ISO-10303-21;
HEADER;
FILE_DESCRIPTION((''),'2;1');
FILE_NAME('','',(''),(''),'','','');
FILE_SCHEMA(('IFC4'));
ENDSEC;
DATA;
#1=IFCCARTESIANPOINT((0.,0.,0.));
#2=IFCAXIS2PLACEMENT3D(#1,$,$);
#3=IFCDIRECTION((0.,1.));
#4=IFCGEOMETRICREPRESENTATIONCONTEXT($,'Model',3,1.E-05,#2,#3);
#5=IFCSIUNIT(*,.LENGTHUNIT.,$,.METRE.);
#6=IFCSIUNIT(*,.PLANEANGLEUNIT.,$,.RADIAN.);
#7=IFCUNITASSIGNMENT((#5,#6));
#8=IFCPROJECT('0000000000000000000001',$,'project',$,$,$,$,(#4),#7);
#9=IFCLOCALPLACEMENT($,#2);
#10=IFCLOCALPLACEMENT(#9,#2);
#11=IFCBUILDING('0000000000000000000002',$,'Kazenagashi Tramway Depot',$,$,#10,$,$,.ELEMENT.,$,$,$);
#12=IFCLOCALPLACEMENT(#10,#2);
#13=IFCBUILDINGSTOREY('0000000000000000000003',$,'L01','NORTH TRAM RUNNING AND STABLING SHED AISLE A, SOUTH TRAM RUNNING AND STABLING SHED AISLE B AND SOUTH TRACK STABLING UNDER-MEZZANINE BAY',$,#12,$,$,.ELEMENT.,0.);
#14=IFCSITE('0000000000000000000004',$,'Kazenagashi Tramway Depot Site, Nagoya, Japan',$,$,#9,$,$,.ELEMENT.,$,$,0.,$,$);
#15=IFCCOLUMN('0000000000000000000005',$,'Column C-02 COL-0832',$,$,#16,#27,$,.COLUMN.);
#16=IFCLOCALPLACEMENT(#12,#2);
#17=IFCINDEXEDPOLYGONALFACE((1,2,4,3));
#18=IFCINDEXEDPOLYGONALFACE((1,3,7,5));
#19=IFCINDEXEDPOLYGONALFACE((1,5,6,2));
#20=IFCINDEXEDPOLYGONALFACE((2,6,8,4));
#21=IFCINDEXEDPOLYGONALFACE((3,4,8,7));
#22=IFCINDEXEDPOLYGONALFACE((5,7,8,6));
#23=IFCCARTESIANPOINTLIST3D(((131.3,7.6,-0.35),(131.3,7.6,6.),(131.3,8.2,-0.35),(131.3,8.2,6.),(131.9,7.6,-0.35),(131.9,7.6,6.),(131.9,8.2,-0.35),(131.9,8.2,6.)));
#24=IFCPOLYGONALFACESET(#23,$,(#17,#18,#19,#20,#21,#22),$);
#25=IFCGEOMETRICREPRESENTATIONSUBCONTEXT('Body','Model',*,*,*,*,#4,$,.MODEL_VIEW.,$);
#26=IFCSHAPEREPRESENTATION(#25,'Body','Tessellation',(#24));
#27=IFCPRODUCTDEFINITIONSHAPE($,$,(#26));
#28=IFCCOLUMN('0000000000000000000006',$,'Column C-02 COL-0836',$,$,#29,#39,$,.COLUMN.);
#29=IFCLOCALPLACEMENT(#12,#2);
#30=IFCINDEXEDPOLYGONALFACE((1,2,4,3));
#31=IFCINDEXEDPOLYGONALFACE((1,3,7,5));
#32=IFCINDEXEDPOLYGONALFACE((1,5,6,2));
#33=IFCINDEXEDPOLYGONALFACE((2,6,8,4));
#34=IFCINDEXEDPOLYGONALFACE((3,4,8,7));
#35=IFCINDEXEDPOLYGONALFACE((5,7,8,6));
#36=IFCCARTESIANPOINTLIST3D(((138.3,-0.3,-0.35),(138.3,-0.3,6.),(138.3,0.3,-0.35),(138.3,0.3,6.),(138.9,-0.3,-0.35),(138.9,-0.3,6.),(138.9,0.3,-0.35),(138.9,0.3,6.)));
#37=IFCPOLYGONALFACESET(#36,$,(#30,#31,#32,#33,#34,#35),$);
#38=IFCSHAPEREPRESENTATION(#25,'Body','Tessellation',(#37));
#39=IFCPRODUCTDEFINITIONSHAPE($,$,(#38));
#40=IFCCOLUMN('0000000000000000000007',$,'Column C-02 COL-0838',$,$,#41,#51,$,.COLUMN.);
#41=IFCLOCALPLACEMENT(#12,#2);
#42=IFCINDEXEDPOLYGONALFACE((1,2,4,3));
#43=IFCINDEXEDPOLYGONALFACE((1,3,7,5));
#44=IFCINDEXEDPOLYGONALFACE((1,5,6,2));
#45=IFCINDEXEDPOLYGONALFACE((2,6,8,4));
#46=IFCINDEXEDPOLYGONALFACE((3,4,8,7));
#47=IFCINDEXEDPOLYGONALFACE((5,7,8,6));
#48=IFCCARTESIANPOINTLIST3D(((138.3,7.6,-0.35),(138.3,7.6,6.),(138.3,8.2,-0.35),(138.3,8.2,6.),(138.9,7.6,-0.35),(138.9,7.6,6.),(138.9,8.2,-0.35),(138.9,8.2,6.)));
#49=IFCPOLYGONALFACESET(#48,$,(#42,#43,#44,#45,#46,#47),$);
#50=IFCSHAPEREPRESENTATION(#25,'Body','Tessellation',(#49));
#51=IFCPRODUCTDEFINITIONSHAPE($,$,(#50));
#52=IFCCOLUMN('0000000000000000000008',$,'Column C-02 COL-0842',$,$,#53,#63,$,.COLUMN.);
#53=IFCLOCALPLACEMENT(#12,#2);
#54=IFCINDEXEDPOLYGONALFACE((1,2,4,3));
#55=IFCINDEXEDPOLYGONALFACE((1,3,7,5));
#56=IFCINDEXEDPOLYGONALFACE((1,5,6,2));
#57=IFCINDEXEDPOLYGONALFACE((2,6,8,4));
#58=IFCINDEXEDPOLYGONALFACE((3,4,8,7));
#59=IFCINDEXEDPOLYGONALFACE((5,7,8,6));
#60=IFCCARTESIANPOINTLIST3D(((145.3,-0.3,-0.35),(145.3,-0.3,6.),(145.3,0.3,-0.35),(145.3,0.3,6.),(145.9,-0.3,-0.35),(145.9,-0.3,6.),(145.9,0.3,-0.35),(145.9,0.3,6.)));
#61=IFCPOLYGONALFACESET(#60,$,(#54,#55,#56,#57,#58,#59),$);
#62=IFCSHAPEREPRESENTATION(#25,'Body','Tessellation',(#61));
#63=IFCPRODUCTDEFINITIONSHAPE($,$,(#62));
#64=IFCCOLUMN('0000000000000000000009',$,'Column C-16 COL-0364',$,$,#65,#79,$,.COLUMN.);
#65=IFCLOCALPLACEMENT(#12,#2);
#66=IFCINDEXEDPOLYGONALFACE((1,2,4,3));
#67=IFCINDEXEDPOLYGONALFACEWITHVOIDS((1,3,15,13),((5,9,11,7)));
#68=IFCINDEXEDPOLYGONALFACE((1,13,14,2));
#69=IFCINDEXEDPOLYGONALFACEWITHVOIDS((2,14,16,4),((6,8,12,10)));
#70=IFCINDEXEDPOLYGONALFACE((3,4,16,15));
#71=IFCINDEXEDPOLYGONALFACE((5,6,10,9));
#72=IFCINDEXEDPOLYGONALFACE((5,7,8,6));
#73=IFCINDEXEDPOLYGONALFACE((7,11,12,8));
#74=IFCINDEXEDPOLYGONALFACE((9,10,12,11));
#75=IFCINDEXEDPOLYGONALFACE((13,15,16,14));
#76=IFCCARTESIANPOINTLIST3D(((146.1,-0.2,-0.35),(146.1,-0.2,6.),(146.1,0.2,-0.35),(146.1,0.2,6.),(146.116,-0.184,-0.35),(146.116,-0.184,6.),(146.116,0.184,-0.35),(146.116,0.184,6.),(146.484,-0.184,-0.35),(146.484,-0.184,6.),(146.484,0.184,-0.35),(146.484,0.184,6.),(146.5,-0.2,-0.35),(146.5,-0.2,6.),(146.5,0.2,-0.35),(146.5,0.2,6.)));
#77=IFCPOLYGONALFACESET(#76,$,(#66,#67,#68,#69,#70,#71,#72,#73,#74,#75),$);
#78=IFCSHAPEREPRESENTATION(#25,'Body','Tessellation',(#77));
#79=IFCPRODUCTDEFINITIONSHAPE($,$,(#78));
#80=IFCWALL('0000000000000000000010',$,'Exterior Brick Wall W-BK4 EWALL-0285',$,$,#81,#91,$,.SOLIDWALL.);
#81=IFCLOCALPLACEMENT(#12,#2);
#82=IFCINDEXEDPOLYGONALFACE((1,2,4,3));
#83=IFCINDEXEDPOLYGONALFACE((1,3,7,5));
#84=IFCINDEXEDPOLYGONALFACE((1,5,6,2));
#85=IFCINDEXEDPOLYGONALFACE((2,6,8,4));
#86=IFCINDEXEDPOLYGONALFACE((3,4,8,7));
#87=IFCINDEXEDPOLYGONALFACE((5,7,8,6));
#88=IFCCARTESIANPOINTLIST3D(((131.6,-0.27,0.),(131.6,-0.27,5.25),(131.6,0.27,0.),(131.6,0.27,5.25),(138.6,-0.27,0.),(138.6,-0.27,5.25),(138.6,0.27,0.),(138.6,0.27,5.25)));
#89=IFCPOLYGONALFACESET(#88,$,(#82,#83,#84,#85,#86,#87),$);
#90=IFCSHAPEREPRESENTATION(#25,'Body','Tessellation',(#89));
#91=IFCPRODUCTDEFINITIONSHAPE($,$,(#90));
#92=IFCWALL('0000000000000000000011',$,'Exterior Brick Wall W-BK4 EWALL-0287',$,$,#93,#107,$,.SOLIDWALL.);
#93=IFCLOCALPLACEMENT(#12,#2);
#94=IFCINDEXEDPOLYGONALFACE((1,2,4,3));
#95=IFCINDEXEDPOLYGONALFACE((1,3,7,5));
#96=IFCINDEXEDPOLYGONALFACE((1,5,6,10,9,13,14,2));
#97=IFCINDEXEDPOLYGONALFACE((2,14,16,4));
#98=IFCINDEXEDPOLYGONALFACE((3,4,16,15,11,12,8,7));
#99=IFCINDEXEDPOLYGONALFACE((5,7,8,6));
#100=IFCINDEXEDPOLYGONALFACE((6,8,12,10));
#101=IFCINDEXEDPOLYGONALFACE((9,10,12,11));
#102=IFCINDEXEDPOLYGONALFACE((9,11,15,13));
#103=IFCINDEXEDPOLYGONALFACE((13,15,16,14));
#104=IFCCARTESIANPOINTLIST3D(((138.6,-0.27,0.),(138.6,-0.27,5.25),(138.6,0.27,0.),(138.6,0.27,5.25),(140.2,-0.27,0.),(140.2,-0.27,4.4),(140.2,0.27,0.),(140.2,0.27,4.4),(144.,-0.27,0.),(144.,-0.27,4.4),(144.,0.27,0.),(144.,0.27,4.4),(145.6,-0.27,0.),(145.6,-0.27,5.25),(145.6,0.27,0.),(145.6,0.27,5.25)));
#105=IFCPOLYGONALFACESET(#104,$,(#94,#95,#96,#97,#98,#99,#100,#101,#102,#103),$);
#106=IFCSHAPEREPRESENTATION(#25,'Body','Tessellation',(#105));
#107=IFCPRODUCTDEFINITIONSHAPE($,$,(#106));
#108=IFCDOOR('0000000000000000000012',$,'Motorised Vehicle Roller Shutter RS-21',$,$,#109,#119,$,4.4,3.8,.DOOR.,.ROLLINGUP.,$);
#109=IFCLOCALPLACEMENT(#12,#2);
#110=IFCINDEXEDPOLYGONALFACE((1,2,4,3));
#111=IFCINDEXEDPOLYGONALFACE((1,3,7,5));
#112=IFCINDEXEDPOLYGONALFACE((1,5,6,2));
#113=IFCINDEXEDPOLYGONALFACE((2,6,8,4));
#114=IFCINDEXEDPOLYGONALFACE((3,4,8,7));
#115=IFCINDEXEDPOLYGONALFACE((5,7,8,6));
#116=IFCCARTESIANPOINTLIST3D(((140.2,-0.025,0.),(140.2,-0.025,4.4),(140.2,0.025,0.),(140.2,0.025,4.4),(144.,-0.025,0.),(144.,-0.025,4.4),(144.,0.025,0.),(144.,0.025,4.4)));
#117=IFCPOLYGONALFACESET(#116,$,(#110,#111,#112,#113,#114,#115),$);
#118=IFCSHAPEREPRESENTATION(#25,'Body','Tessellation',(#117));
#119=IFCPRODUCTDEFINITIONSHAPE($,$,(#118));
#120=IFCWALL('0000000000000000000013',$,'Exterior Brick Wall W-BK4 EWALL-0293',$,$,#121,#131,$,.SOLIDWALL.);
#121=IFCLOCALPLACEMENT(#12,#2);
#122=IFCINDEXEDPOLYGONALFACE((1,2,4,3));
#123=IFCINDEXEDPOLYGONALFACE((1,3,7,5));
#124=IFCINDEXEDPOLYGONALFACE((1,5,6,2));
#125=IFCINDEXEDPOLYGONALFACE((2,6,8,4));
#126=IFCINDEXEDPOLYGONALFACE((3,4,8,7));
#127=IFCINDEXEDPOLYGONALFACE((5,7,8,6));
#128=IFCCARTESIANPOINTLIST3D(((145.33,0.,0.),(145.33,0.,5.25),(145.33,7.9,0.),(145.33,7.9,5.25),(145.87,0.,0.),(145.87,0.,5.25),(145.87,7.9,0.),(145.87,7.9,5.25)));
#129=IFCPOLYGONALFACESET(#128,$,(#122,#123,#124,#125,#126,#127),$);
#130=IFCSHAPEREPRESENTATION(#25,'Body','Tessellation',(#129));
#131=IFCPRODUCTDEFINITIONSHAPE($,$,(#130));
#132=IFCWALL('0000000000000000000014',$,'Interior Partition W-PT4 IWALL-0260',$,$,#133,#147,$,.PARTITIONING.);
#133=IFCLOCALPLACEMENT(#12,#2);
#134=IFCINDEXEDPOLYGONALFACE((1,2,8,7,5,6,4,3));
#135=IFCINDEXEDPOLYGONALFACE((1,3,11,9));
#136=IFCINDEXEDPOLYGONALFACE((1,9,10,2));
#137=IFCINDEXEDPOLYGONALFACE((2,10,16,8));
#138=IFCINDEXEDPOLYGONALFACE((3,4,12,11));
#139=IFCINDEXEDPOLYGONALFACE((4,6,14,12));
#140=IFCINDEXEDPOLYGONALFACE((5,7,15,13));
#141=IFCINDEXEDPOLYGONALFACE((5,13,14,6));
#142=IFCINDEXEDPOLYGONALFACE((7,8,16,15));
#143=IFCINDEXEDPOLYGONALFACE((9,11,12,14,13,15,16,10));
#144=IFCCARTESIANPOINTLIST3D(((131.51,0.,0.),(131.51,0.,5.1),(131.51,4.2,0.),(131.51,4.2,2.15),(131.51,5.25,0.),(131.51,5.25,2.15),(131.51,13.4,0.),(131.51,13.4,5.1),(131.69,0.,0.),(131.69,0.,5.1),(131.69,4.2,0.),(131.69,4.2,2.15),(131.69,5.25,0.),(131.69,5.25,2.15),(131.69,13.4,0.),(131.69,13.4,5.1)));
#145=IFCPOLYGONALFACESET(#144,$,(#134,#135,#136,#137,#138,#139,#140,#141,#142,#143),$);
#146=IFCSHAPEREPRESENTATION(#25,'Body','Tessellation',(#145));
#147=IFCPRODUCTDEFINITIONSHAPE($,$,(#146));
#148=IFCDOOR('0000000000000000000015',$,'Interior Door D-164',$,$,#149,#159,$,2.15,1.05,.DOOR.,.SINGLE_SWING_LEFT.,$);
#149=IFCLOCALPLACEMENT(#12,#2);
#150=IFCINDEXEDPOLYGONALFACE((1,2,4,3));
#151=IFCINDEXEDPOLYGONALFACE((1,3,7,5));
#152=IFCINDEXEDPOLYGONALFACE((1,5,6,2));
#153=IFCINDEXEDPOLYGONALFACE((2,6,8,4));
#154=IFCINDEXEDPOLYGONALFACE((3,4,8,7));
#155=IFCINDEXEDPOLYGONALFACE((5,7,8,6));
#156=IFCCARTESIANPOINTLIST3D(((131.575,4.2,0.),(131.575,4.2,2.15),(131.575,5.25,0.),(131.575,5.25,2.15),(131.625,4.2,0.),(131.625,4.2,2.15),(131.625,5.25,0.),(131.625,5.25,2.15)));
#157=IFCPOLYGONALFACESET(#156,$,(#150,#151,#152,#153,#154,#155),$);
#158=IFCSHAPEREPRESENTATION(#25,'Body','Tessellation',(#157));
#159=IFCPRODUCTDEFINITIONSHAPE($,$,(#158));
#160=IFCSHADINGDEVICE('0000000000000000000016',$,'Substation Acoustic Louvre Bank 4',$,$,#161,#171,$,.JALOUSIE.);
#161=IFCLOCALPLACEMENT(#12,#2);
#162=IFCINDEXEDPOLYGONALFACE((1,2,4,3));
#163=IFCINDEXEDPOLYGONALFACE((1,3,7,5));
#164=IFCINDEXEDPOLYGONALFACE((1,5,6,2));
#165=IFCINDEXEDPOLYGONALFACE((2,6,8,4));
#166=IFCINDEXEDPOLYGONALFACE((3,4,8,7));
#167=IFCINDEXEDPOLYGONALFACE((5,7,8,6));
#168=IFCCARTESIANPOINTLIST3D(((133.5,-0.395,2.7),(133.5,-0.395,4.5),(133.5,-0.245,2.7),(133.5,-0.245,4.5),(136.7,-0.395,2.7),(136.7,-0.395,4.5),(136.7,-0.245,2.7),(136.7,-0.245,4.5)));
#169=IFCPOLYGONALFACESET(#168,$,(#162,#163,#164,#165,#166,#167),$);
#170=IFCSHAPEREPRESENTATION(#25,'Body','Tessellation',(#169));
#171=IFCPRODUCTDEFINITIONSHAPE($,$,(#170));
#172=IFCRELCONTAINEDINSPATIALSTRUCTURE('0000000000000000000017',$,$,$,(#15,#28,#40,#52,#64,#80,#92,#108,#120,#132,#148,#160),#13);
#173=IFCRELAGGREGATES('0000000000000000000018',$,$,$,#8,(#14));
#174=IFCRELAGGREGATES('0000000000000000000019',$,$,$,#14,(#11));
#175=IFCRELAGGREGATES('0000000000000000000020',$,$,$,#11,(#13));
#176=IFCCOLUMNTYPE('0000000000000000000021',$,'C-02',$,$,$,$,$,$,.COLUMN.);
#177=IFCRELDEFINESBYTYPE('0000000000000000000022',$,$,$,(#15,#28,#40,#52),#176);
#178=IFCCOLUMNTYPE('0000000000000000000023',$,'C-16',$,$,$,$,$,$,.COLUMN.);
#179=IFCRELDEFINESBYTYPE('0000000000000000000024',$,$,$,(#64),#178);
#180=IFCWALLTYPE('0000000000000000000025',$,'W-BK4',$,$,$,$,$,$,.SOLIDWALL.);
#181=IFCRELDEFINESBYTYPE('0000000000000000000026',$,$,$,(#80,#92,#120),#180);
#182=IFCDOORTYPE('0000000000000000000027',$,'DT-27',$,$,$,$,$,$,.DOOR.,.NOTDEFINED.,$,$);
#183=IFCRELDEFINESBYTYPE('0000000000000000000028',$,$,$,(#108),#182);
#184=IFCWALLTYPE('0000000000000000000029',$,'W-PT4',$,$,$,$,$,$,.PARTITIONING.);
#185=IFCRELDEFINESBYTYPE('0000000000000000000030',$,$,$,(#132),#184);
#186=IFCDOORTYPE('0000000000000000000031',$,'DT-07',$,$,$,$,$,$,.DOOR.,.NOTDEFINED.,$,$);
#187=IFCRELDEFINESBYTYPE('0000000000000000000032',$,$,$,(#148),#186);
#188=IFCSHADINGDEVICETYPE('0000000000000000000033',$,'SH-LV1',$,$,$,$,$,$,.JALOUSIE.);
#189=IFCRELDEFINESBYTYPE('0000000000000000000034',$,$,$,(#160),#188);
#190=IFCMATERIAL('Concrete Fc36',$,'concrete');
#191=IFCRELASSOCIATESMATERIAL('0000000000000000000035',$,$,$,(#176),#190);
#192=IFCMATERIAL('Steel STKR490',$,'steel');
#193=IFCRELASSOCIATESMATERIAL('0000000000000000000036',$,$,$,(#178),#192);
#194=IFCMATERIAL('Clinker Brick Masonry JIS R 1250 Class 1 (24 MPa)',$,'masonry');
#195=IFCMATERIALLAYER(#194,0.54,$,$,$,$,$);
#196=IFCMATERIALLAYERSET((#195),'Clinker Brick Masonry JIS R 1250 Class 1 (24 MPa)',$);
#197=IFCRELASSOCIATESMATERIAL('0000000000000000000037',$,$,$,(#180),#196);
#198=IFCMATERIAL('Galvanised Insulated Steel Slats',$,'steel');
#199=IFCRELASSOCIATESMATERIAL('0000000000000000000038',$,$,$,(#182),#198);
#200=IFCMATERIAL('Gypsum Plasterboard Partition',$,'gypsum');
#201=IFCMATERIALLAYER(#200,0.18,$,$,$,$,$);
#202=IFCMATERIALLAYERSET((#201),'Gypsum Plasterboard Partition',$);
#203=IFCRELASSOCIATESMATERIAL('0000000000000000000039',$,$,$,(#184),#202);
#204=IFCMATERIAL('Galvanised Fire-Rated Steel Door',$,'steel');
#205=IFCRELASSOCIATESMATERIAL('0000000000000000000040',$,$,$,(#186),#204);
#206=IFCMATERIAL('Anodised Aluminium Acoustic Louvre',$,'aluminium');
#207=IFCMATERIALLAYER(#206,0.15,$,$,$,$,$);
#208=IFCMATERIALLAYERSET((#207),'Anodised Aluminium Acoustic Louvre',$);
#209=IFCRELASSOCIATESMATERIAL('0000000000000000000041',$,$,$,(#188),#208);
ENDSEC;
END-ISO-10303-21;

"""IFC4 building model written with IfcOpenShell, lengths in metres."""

from ifc_helpers import new_model, si_unit, direction, frame, frame_2d, origin, origin_2d, place, context, subcontext, project, spatial, rectangle, hollow_rectangle, extrude, material, layer, layer_set, material_profile, profile_set, type_object, element, fill, save


model = new_model("IFC4")

# Units and contexts
model_context = context("Model", 3, precision=1e-05, world=origin(), true_north=direction((0.0, 1.0)))
body_context = subcontext(model_context, "Body", "Model", "MODEL_VIEW")
ifc_project = project(units=[si_unit("LENGTHUNIT", "METRE"), si_unit("PLANEANGLEUNIT", "RADIAN")], contexts=[model_context])

# Site, building, storey
site_placement = place(None, origin())
site = spatial("IfcSite", under=ifc_project, at=site_placement, Name="Kazenagashi Tramway Depot Site, Nagoya, Japan", CompositionType="ELEMENT", RefElevation=0.0)
building_placement = place(site_placement, origin())
building = spatial("IfcBuilding", under=site, at=building_placement, Name="Kazenagashi Tramway Depot", CompositionType="ELEMENT")
storey_placement = place(building_placement, origin())
storey = spatial("IfcBuildingStorey", under=building, at=storey_placement, Name="L01", Description="NORTH TRAM RUNNING AND STABLING SHED AISLE A, SOUTH TRAM RUNNING AND STABLING SHED AISLE B AND SOUTH TRACK STABLING UNDER-MEZZANINE BAY", CompositionType="ELEMENT", Elevation=0.0)

# Columns
ifc_material_1 = material(Name="Concrete Fc36", Category="concrete")
ifc_material_profile_1 = material_profile(ifc_material_1, rectangle(XDim=0.6, YDim=0.6, at=origin_2d()), Name="RC-600x600")
ifc_profile_set_1 = profile_set([ifc_material_profile_1], Name="Concrete Fc36")
column_type_1 = type_object("IfcColumnType", Name="C-02", PredefinedType="COLUMN", material=ifc_profile_set_1)
for number, where, z_axis, x_axis, name in (
    (1, (131.6, 7.9, -0.35), (0.0, 0.0, 1.0), (1.0, 0.0, 0.0), "Column C-02 COL-0832"),
    (2, (138.6, 0.0, -0.35), (0.0, 0.0, 1.0), (1.0, 0.0, 0.0), "Column C-02 COL-0836"),
    (3, (138.6, 7.9, -0.35), (0.0, 0.0, 1.0), (1.0, 0.0, 0.0), "Column C-02 COL-0838"),
    (4, (145.6, 0.0, -0.35), (0.0, 0.0, 1.0), (1.0, 0.0, 0.0), "Column C-02 COL-0842"),
):
    element("IfcColumn", number, at=place(storey_placement, frame(where, z_axis=z_axis, x_axis=x_axis)), inside=storey, type_object=column_type_1, Name=name, PredefinedType="COLUMN", context=body_context, shape_type="SweptSolid", body=[
        extrude(rectangle(XDim=0.6, YDim=0.6, at=origin_2d()), origin(), (0.0, 0.0, 1.0), 6.35),
    ])
ifc_material_2 = material(Name="Steel STKR490", Category="steel")
ifc_material_profile_2 = material_profile(ifc_material_2, hollow_rectangle(XDim=0.4, YDim=0.4, WallThickness=0.016, at=origin_2d()), Name="SHS-400x400x16")
ifc_profile_set_2 = profile_set([ifc_material_profile_2], Name="Steel STKR490")
column_type_2 = type_object("IfcColumnType", Name="C-16", PredefinedType="COLUMN", material=ifc_profile_set_2)
column_placement = place(storey_placement, frame((146.3, 0.0, -0.35), z_axis=(0.0, 0.0, 1.0), x_axis=(1.0, 0.0, 0.0)))
element("IfcColumn", 5, at=column_placement, inside=storey, type_object=column_type_2, Name="Column C-16 COL-0364", PredefinedType="COLUMN", context=body_context, shape_type="SweptSolid", body=[
    extrude(hollow_rectangle(XDim=0.4, YDim=0.4, WallThickness=0.016, at=origin_2d()), origin(), (0.0, 0.0, 1.0), 6.35),
])

# Wall
ifc_material_3 = material(Name="Clinker Brick Masonry JIS R 1250 Class 1 (24 MPa)", Category="masonry")
ifc_layer_1 = layer(ifc_material_3, 0.54)
ifc_layer_set_1 = layer_set([ifc_layer_1], Name="Clinker Brick Masonry JIS R 1250 Class 1 (24 MPa)")
wall_type_1 = type_object("IfcWallType", Name="W-BK4", PredefinedType="SOLIDWALL", material=ifc_layer_set_1)
wall_1_placement = place(storey_placement, frame((131.6, 0.0, 0.0), z_axis=(0.0, 0.0, 1.0), x_axis=(1.0, 0.0, 0.0)))
element("IfcWall", 6, at=wall_1_placement, inside=storey, type_object=wall_type_1, Name="Exterior Brick Wall W-BK4 EWALL-0285", PredefinedType="SOLIDWALL", context=body_context, shape_type="SweptSolid", body=[
    extrude(rectangle(XDim=7.0, YDim=0.54, at=frame_2d((3.5, 0.0))), origin(), (0.0, 0.0, 1.0), 5.25),
])

# Wall, opening, door
wall_2_placement = place(storey_placement, frame((138.6, 0.0, 0.0), z_axis=(0.0, 0.0, 1.0), x_axis=(1.0, 0.0, 0.0)))
wall_2 = element("IfcWall", 7, at=wall_2_placement, inside=storey, type_object=wall_type_1, Name="Exterior Brick Wall W-BK4 EWALL-0287", PredefinedType="SOLIDWALL", context=body_context, shape_type="SweptSolid", body=[
    extrude(rectangle(XDim=7.0, YDim=0.54, at=frame_2d((3.5, 0.0))), origin(), (0.0, 0.0, 1.0), 5.25),
])
opening_1_placement = place(wall_2_placement, frame((1.6, 0.0, 0.0)))
opening_1 = element("IfcOpeningElement", 8, at=opening_1_placement, cuts=wall_2, PredefinedType="OPENING", context=body_context, shape_type="SweptSolid", body=[
    extrude(rectangle(XDim=3.8, YDim=4.4, at=frame_2d((1.9, 2.2))), frame((0.0, 0.28, 0.0), z_axis=(0.0, -1.0, 0.0), x_axis=(1.0, 0.0, 0.0)), (0.0, 0.0, 1.0), 0.56),
])
ifc_material_4 = material(Name="Galvanised Insulated Steel Slats", Category="steel")
door_type_1 = type_object("IfcDoorType", Name="DT-27", OperationType="NOTDEFINED", PredefinedType="DOOR", material=ifc_material_4)
door_1_placement = place(opening_1_placement, frame((3.8, 0.0, 0.0), z_axis=(0.0, 0.0, 1.0), x_axis=(-1.0, 0.0, 0.0)))
door_1 = element("IfcDoor", 9, at=door_1_placement, inside=storey, type_object=door_type_1, Name="Motorised Vehicle Roller Shutter RS-21", OperationType="ROLLINGUP", OverallHeight=4.4, OverallWidth=3.8, PredefinedType="DOOR", context=body_context, shape_type="SweptSolid", body=[
    extrude(rectangle(XDim=3.8, YDim=4.4, at=frame_2d((1.9, 2.2))), frame((0.0, 0.025, 0.0), z_axis=(0.0, -1.0, 0.0), x_axis=(1.0, 0.0, 0.0)), (0.0, 0.0, 1.0), 0.05),
])
fill(opening_1, door_1)

# Wall
wall_3_placement = place(storey_placement, frame((145.6, 0.0, 0.0), z_axis=(0.0, 0.0, 1.0), x_axis=(0.0, 1.0, 0.0)))
element("IfcWall", 10, at=wall_3_placement, inside=storey, type_object=wall_type_1, Name="Exterior Brick Wall W-BK4 EWALL-0293", PredefinedType="SOLIDWALL", context=body_context, shape_type="SweptSolid", body=[
    extrude(rectangle(XDim=7.9, YDim=0.54, at=frame_2d((3.95, 0.0))), origin(), (0.0, 0.0, 1.0), 5.25),
])

# Wall, opening, door
ifc_material_5 = material(Name="Gypsum Plasterboard Partition", Category="gypsum")
ifc_layer_2 = layer(ifc_material_5, 0.18)
ifc_layer_set_2 = layer_set([ifc_layer_2], Name="Gypsum Plasterboard Partition")
wall_type_2 = type_object("IfcWallType", Name="W-PT4", PredefinedType="PARTITIONING", material=ifc_layer_set_2)
wall_4_placement = place(storey_placement, frame((131.6, 0.0, 0.0), z_axis=(0.0, 0.0, 1.0), x_axis=(0.0, 1.0, 0.0)))
wall_4 = element("IfcWall", 11, at=wall_4_placement, inside=storey, type_object=wall_type_2, Name="Interior Partition W-PT4 IWALL-0260", PredefinedType="PARTITIONING", context=body_context, shape_type="SweptSolid", body=[
    extrude(rectangle(XDim=13.4, YDim=0.18, at=frame_2d((6.7, 0.0))), origin(), (0.0, 0.0, 1.0), 5.1),
])
opening_2_placement = place(wall_4_placement, frame((4.2, 0.0, 0.0)))
opening_2 = element("IfcOpeningElement", 12, at=opening_2_placement, cuts=wall_4, PredefinedType="OPENING", context=body_context, shape_type="SweptSolid", body=[
    extrude(rectangle(XDim=1.05, YDim=2.15, at=frame_2d((0.525, 1.075))), frame((0.0, 0.1, 0.0), z_axis=(0.0, -1.0, 0.0), x_axis=(1.0, 0.0, 0.0)), (0.0, 0.0, 1.0), 0.2),
])
ifc_material_6 = material(Name="Galvanised Fire-Rated Steel Door", Category="steel")
door_type_2 = type_object("IfcDoorType", Name="DT-07", OperationType="NOTDEFINED", PredefinedType="DOOR", material=ifc_material_6)
door_2_placement = place(opening_2_placement, origin())
door_2 = element("IfcDoor", 13, at=door_2_placement, inside=storey, type_object=door_type_2, Name="Interior Door D-164", OperationType="SINGLE_SWING_LEFT", OverallHeight=2.15, OverallWidth=1.05, PredefinedType="DOOR", context=body_context, shape_type="SweptSolid", body=[
    extrude(rectangle(XDim=1.05, YDim=2.15, at=frame_2d((0.525, 1.075))), frame((0.0, 0.025, 0.0), z_axis=(0.0, -1.0, 0.0), x_axis=(1.0, 0.0, 0.0)), (0.0, 0.0, 1.0), 0.05),
])
fill(opening_2, door_2)

# Shading device
ifc_material_7 = material(Name="Anodised Aluminium Acoustic Louvre", Category="aluminium")
ifc_layer_3 = layer(ifc_material_7, 0.15)
ifc_layer_set_3 = layer_set([ifc_layer_3], Name="Anodised Aluminium Acoustic Louvre")
shading_device_type = type_object("IfcShadingDeviceType", Name="SH-LV1", PredefinedType="JALOUSIE", material=ifc_layer_set_3)
shading_device_placement = place(storey_placement, frame((135.1, -0.32, 2.7), z_axis=(0.0, 0.0, 1.0), x_axis=(1.0, 0.0, 0.0)))
element("IfcShadingDevice", 14, at=shading_device_placement, inside=storey, type_object=shading_device_type, Name="Substation Acoustic Louvre Bank 4", PredefinedType="JALOUSIE", context=body_context, shape_type="SweptSolid", body=[
    extrude(rectangle(XDim=3.2, YDim=0.15, at=origin_2d()), origin(), (0.0, 0.0, 1.0), 1.8),
])

save(model, "model.ifc")
